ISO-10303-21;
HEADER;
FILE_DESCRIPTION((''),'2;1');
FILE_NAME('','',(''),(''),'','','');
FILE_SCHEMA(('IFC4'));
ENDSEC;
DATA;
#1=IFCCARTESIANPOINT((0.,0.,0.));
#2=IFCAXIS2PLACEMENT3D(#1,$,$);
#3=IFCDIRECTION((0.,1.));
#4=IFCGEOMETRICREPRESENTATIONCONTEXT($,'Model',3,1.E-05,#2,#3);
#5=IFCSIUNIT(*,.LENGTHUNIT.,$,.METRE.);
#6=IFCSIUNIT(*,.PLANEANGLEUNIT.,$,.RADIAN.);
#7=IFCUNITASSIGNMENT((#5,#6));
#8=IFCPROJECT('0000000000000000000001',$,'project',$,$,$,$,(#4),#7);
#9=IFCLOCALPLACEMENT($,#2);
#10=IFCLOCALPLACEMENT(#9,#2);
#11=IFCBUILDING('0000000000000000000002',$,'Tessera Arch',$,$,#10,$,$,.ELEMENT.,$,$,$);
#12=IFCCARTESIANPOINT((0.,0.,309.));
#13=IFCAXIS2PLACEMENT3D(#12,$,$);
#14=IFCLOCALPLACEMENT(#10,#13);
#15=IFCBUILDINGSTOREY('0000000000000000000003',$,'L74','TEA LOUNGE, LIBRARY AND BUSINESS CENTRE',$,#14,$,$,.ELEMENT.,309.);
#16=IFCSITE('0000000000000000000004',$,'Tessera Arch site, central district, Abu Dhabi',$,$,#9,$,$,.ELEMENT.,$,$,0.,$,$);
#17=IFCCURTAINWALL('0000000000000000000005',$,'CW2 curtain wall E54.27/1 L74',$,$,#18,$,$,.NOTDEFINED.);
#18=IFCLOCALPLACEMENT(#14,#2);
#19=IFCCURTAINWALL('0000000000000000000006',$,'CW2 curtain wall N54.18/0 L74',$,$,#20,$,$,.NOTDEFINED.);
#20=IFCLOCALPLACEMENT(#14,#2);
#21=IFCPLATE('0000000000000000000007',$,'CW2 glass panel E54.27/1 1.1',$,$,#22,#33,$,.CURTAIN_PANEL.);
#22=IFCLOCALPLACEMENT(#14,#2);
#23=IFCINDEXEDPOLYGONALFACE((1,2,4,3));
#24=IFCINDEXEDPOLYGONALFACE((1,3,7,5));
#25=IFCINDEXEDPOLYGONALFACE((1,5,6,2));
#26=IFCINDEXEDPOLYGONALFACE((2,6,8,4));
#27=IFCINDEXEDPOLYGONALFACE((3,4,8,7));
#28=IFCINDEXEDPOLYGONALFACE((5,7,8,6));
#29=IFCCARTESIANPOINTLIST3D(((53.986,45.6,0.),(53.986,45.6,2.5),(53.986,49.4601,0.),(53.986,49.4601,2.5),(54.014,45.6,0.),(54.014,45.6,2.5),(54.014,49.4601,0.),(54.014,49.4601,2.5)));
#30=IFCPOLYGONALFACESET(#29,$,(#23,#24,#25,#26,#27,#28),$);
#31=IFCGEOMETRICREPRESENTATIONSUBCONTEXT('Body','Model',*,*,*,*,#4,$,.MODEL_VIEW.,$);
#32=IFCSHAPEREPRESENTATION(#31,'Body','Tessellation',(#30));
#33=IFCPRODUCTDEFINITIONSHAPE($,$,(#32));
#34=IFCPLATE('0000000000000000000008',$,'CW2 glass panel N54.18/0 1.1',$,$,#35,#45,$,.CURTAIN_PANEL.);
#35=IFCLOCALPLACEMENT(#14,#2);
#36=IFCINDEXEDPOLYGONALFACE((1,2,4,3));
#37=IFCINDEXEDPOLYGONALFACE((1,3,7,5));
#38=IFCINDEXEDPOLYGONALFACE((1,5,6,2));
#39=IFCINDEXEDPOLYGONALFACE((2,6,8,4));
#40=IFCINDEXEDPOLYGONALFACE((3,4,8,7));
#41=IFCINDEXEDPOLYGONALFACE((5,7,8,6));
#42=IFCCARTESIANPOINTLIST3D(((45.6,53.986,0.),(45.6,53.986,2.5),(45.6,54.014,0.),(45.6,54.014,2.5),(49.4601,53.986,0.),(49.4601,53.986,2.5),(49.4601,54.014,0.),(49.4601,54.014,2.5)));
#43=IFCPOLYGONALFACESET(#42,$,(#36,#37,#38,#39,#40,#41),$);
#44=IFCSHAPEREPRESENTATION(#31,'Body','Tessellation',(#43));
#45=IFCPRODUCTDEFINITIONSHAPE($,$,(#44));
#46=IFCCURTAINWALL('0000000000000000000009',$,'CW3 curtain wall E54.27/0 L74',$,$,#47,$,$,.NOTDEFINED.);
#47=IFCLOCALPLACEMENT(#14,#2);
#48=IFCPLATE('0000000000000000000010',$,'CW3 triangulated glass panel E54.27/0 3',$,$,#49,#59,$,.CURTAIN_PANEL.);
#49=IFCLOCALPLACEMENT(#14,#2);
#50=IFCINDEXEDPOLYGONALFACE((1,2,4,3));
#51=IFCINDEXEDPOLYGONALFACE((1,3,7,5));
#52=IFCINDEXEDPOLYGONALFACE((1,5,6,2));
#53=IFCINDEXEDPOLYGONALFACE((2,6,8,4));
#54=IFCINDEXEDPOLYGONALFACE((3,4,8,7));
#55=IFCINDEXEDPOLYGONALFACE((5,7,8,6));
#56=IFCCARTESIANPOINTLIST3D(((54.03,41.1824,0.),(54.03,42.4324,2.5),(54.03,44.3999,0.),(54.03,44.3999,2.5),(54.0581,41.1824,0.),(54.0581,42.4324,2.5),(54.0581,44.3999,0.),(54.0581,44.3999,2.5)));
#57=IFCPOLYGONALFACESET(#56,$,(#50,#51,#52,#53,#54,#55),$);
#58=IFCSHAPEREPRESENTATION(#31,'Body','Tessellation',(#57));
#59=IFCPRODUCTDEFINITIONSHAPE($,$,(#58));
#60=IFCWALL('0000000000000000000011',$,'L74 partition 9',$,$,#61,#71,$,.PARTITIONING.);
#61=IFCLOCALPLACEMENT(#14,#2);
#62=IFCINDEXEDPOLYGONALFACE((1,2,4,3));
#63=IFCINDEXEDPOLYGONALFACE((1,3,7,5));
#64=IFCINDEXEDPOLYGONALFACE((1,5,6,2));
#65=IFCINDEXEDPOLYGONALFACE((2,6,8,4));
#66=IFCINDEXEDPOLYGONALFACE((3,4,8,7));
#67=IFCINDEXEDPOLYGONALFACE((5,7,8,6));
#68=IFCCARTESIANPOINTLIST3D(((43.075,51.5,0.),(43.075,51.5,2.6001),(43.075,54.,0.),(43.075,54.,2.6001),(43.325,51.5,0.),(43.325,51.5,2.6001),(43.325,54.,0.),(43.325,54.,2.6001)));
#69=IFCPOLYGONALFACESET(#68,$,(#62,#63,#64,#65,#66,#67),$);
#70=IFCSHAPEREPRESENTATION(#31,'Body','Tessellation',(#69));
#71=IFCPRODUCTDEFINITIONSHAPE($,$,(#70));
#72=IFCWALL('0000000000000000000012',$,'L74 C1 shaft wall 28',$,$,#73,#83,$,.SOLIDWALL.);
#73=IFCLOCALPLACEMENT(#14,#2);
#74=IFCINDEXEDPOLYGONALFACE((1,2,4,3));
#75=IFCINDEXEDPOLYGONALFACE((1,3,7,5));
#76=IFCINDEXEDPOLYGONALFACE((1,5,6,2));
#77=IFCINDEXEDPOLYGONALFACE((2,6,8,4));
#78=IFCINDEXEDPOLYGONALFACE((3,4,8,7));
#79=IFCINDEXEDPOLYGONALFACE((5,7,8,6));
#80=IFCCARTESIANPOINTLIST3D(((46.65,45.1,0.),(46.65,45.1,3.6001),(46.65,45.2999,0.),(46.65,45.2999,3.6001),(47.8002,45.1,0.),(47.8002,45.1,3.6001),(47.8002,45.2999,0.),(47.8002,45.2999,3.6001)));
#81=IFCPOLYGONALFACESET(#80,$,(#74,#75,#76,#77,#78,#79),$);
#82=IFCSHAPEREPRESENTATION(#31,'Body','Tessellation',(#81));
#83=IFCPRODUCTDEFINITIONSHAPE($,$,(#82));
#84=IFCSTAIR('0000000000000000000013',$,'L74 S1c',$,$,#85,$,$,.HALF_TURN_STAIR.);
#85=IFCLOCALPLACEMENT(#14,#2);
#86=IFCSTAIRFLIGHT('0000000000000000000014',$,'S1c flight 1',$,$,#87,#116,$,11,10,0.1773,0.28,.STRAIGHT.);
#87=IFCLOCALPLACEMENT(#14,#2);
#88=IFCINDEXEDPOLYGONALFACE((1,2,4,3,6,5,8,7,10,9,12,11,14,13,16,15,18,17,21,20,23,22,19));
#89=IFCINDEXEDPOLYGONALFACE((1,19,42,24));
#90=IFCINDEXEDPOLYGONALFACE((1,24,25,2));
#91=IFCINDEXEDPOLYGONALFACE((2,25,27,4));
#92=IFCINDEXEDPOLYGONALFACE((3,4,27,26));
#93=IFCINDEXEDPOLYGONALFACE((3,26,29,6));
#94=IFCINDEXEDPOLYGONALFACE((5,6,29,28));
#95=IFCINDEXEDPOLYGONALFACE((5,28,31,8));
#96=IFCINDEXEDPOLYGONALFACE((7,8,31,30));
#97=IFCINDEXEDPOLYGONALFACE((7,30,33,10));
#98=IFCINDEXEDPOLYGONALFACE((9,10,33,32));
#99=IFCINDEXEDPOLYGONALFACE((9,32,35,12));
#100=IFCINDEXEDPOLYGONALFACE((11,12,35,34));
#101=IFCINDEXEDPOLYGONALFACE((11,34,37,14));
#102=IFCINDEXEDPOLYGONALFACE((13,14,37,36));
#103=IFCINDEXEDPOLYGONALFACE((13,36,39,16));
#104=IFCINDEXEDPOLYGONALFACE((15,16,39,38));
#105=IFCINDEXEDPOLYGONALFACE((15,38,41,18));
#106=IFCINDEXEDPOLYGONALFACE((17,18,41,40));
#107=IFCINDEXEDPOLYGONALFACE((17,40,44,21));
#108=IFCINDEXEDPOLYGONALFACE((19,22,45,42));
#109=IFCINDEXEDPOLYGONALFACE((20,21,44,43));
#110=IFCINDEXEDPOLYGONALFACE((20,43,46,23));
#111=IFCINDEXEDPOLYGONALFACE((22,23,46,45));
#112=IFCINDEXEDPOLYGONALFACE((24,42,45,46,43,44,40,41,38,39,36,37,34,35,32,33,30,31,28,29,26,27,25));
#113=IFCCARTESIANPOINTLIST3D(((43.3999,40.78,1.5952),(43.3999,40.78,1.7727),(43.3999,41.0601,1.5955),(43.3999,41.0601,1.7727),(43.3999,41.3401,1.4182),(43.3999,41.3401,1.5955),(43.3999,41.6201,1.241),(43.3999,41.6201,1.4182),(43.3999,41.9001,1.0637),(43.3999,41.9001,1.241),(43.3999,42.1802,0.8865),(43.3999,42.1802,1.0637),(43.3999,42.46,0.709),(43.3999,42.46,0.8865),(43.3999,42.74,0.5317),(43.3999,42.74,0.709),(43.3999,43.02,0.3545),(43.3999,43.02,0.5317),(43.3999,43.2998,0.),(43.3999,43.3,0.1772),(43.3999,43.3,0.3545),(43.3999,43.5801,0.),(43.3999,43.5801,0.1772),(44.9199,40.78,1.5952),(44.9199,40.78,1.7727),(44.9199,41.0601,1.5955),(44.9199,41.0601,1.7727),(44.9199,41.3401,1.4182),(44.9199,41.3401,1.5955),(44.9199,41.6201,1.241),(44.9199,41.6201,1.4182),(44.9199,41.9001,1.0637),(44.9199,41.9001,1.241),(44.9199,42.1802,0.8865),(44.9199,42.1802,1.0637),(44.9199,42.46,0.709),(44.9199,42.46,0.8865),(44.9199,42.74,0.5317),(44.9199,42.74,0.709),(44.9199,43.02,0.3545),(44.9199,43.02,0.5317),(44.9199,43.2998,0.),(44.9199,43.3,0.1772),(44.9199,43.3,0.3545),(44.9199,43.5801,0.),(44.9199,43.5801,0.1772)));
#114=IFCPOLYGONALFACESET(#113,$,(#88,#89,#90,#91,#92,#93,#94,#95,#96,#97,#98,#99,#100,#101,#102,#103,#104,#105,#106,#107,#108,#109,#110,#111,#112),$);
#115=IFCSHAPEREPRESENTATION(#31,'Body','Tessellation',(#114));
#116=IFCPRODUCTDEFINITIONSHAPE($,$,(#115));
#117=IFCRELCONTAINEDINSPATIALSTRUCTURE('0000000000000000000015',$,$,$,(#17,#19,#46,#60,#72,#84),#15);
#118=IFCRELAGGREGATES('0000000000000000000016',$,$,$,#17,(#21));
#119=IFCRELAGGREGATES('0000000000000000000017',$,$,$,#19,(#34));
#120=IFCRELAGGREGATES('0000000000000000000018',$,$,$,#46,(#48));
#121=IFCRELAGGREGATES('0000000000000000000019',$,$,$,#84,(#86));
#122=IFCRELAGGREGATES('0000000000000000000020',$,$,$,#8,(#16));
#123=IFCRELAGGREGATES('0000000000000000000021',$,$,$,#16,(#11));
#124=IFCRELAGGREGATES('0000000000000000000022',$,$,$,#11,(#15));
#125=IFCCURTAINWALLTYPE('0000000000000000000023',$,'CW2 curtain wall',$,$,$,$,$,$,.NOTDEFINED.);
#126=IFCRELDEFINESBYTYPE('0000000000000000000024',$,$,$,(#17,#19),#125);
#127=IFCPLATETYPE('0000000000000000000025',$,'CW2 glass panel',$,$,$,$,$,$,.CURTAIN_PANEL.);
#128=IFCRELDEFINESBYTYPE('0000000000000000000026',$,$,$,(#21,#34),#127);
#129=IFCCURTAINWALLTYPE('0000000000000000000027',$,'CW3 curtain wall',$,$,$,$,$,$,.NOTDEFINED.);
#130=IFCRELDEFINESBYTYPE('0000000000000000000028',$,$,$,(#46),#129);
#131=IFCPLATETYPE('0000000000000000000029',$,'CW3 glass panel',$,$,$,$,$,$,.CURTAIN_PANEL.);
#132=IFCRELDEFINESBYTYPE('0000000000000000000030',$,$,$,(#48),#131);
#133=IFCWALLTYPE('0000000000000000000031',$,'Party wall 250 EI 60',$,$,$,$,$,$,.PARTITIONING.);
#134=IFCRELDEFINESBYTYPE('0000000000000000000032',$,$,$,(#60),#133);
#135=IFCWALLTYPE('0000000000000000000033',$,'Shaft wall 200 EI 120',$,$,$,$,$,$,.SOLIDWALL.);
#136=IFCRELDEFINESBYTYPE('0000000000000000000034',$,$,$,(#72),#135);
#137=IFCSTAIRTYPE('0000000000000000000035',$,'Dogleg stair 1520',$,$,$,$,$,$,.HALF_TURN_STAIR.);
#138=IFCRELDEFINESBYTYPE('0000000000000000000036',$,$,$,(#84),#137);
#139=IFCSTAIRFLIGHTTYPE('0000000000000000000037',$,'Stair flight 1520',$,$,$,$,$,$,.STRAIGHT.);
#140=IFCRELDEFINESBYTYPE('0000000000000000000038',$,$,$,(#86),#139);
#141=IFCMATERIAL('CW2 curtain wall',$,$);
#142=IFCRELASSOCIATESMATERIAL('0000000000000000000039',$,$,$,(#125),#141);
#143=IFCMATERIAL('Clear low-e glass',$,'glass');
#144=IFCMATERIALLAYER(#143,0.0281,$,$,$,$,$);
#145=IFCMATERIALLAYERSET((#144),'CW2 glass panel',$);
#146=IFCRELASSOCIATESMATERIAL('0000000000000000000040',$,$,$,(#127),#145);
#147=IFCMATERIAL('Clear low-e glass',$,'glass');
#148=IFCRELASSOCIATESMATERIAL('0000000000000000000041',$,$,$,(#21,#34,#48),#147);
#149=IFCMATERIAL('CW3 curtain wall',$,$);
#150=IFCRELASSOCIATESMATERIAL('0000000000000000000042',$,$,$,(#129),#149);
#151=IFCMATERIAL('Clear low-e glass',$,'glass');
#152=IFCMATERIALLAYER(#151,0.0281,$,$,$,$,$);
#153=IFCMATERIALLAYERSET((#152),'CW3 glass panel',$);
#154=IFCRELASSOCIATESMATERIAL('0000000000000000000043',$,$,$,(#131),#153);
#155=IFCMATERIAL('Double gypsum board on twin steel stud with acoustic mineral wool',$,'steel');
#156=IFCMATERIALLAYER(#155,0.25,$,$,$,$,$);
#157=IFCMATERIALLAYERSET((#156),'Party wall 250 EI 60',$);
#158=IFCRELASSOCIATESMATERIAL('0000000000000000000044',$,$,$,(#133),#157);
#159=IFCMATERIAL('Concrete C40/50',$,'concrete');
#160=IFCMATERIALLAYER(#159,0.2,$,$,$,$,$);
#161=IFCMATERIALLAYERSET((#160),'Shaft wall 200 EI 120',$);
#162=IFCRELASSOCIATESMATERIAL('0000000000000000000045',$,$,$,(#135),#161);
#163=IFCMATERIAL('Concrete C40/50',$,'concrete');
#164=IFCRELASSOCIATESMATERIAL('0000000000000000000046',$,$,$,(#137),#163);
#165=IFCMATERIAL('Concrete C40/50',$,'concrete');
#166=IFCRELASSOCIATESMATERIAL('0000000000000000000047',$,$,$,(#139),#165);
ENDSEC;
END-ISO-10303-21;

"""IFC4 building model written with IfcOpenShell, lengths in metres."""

from ifc_helpers import new_model, si_unit, direction, frame, frame_2d, origin, origin_2d, place, context, subcontext, project, spatial, polyline, rectangle, outline, extrude, material, layer, layer_set, type_object, element, aggregate, save


model = new_model("IFC4")

# Units and contexts
model_context = context("Model", 3, precision=1e-05, world=origin(), true_north=direction((0.0, 1.0)))
body_context = subcontext(model_context, "Body", "Model", "MODEL_VIEW")
ifc_project = project(units=[si_unit("LENGTHUNIT", "METRE"), si_unit("PLANEANGLEUNIT", "RADIAN")], contexts=[model_context])

# Site, building, storey
site_placement = place(None, origin())
site = spatial("IfcSite", under=ifc_project, at=site_placement, Name="Tessera Arch site, central district, Abu Dhabi", CompositionType="ELEMENT", RefElevation=0.0)
building_placement = place(site_placement, origin())
building = spatial("IfcBuilding", under=site, at=building_placement, Name="Tessera Arch", CompositionType="ELEMENT")
storey_placement = place(building_placement, frame((0.0, 0.0, 309.0)))
storey = spatial("IfcBuildingStorey", under=building, at=storey_placement, Name="L74", Description="TEA LOUNGE, LIBRARY AND BUSINESS CENTRE", CompositionType="ELEMENT", Elevation=309.0)

# Curtain walls
ifc_material_1 = material(Name="CW2 curtain wall")
curtain_wall_type_1 = type_object("IfcCurtainWallType", Name="CW2 curtain wall", PredefinedType="NOTDEFINED", material=ifc_material_1)
curtain_wall_1_placement = place(storey_placement, origin())
curtain_wall_1 = element("IfcCurtainWall", 1, at=curtain_wall_1_placement, inside=storey, type_object=curtain_wall_type_1, Name="CW2 curtain wall E54.27/1 L74", PredefinedType="NOTDEFINED")
curtain_wall_2_placement = place(storey_placement, origin())
curtain_wall_2 = element("IfcCurtainWall", 2, at=curtain_wall_2_placement, inside=storey, type_object=curtain_wall_type_1, Name="CW2 curtain wall N54.18/0 L74", PredefinedType="NOTDEFINED")

# Plates
ifc_material_2 = material(Name="Clear low-e glass", Category="glass")
ifc_material_3 = material(Name="Clear low-e glass", Category="glass")
ifc_layer_1 = layer(ifc_material_3, 0.0281)
ifc_layer_set_1 = layer_set([ifc_layer_1], Name="CW2 glass panel")
plate_type_1 = type_object("IfcPlateType", Name="CW2 glass panel", PredefinedType="CURTAIN_PANEL", material=ifc_layer_set_1)
plate_1_placement = place(storey_placement, frame((54.0, 47.53, 0.0), z_axis=(0.0, 0.0, 1.0), x_axis=(0.0, 1.0, 0.0)))
plate_1 = element("IfcPlate", 3, at=plate_1_placement, type_object=plate_type_1, material=ifc_material_2, Name="CW2 glass panel E54.27/1 1.1", PredefinedType="CURTAIN_PANEL", context=body_context, shape_type="SweptSolid", body=[
    extrude(rectangle(XDim=3.8601, YDim=0.0281, at=origin_2d()), origin(), (0.0, 0.0, 1.0), 2.5),
])
aggregate(curtain_wall_1, [plate_1])
plate_2_placement = place(storey_placement, frame((47.53, 54.0, 0.0), z_axis=(0.0, 0.0, 1.0), x_axis=(-1.0, 0.0, 0.0)))
plate_2 = element("IfcPlate", 4, at=plate_2_placement, type_object=plate_type_1, material=ifc_material_2, Name="CW2 glass panel N54.18/0 1.1", PredefinedType="CURTAIN_PANEL", context=body_context, shape_type="SweptSolid", body=[
    extrude(rectangle(XDim=3.8601, YDim=0.0281, at=origin_2d()), origin(), (0.0, 0.0, 1.0), 2.5),
])
aggregate(curtain_wall_2, [plate_2])

# Curtain wall, plate
ifc_material_4 = material(Name="CW3 curtain wall")
curtain_wall_type_2 = type_object("IfcCurtainWallType", Name="CW3 curtain wall", PredefinedType="NOTDEFINED", material=ifc_material_4)
curtain_wall_3_placement = place(storey_placement, origin())
curtain_wall_3 = element("IfcCurtainWall", 5, at=curtain_wall_3_placement, inside=storey, type_object=curtain_wall_type_2, Name="CW3 curtain wall E54.27/0 L74", PredefinedType="NOTDEFINED")
ifc_material_5 = material(Name="Clear low-e glass", Category="glass")
ifc_layer_2 = layer(ifc_material_5, 0.0281)
ifc_layer_set_2 = layer_set([ifc_layer_2], Name="CW3 glass panel")
plate_type_2 = type_object("IfcPlateType", Name="CW3 glass panel", PredefinedType="CURTAIN_PANEL", material=ifc_layer_set_2)
plate_3_placement = place(storey_placement, frame((54.0581, 44.3999, 2.5), z_axis=(1.0, 0.0, 0.0), x_axis=(0.0, -1.0, 0.0)))
plate_3 = element("IfcPlate", 6, at=plate_3_placement, type_object=plate_type_2, material=ifc_material_2, Name="CW3 triangulated glass panel E54.27/0 3", PredefinedType="CURTAIN_PANEL", context=body_context, shape_type="SweptSolid", body=[
    extrude(outline(polyline([(0.0, 0.0), (1.9675, 0.0), (3.2175, 2.5), (0.0, 2.5), (0.0, 0.0)])), origin(), (0.0, 0.0, -1.0), 0.0281),
])
aggregate(curtain_wall_3, [plate_3])

# Walls
ifc_material_6 = material(Name="Double gypsum board on twin steel stud with acoustic mineral wool", Category="steel")
ifc_layer_3 = layer(ifc_material_6, 0.25)
ifc_layer_set_3 = layer_set([ifc_layer_3], Name="Party wall 250 EI 60")
wall_type_1 = type_object("IfcWallType", Name="Party wall 250 EI 60", PredefinedType="PARTITIONING", material=ifc_layer_set_3)
wall_1_placement = place(storey_placement, frame((43.2, 51.5, 0.0), z_axis=(0.0, 0.0, 1.0), x_axis=(0.0, 1.0, 0.0)))
element("IfcWall", 7, at=wall_1_placement, inside=storey, type_object=wall_type_1, Name="L74 partition 9", PredefinedType="PARTITIONING", context=body_context, shape_type="SweptSolid", body=[
    extrude(rectangle(XDim=2.5, YDim=0.25, at=frame_2d((1.25, 0.0))), origin(), (0.0, 0.0, 1.0), 2.6001),
])
ifc_material_7 = material(Name="Concrete C40/50", Category="concrete")
ifc_layer_4 = layer(ifc_material_7, 0.2)
ifc_layer_set_4 = layer_set([ifc_layer_4], Name="Shaft wall 200 EI 120")
wall_type_2 = type_object("IfcWallType", Name="Shaft wall 200 EI 120", PredefinedType="SOLIDWALL", material=ifc_layer_set_4)
wall_2_placement = place(storey_placement, frame((46.6499, 45.2, 0.0), z_axis=(0.0, 0.0, 1.0), x_axis=(1.0, 0.0, 0.0)))
element("IfcWall", 8, at=wall_2_placement, inside=storey, type_object=wall_type_2, Name="L74 C1 shaft wall 28", PredefinedType="SOLIDWALL", context=body_context, shape_type="SweptSolid", body=[
    extrude(rectangle(XDim=1.1501, YDim=0.2, at=frame_2d((0.5752, 0.0))), origin(), (0.0, 0.0, 1.0), 3.6001),
])

# Stair, stair flight
ifc_material_8 = material(Name="Concrete C40/50", Category="concrete")
stair_type = type_object("IfcStairType", Name="Dogleg stair 1520", PredefinedType="HALF_TURN_STAIR", material=ifc_material_8)
stair_placement = place(storey_placement, origin())
stair = element("IfcStair", 9, at=stair_placement, inside=storey, type_object=stair_type, Name="L74 S1c", PredefinedType="HALF_TURN_STAIR")
ifc_material_9 = material(Name="Concrete C40/50", Category="concrete")
stair_flight_type = type_object("IfcStairFlightType", Name="Stair flight 1520", PredefinedType="STRAIGHT", material=ifc_material_9)
stair_flight_placement = place(storey_placement, frame((44.1599, 43.5801, 0.0), z_axis=(0.0, 0.0, 1.0), x_axis=(0.0, -1.0, 0.0)))
stair_flight = element("IfcStairFlight", 10, at=stair_flight_placement, type_object=stair_flight_type, Name="S1c flight 1", NumberOfRisers=11, NumberOfTreads=10, PredefinedType="STRAIGHT", RiserHeight=0.1773, TreadLength=0.28, context=body_context, shape_type="SweptSolid", body=[
    extrude(outline(polyline([(0.0, 0.0), (0.0, 0.1772), (0.28, 0.1772), (0.28, 0.3545), (0.5601, 0.3545), (0.5601, 0.5317), (0.8401, 0.5317), (0.8401, 0.709), (1.1201, 0.709), (1.1201, 0.8865), (1.3999, 0.8865), (1.3999, 1.0637), (1.6799, 1.0637), (1.6799, 1.241), (1.96, 1.241), (1.96, 1.4182), (2.24, 1.4182), (2.24, 1.5955), (2.52, 1.5955), (2.52, 1.7727), (2.8, 1.7727), (2.8, 1.95), (2.8, 1.5952), (0.2803, 0.0), (0.0, 0.0)])), frame((0.0, 0.76, 0.0), z_axis=(0.0, -1.0, 0.0), x_axis=(1.0, 0.0, 0.0)), (0.0, 0.0, 1.0), 1.52),
])
aggregate(stair, [stair_flight])

save(model, "model.ifc")
